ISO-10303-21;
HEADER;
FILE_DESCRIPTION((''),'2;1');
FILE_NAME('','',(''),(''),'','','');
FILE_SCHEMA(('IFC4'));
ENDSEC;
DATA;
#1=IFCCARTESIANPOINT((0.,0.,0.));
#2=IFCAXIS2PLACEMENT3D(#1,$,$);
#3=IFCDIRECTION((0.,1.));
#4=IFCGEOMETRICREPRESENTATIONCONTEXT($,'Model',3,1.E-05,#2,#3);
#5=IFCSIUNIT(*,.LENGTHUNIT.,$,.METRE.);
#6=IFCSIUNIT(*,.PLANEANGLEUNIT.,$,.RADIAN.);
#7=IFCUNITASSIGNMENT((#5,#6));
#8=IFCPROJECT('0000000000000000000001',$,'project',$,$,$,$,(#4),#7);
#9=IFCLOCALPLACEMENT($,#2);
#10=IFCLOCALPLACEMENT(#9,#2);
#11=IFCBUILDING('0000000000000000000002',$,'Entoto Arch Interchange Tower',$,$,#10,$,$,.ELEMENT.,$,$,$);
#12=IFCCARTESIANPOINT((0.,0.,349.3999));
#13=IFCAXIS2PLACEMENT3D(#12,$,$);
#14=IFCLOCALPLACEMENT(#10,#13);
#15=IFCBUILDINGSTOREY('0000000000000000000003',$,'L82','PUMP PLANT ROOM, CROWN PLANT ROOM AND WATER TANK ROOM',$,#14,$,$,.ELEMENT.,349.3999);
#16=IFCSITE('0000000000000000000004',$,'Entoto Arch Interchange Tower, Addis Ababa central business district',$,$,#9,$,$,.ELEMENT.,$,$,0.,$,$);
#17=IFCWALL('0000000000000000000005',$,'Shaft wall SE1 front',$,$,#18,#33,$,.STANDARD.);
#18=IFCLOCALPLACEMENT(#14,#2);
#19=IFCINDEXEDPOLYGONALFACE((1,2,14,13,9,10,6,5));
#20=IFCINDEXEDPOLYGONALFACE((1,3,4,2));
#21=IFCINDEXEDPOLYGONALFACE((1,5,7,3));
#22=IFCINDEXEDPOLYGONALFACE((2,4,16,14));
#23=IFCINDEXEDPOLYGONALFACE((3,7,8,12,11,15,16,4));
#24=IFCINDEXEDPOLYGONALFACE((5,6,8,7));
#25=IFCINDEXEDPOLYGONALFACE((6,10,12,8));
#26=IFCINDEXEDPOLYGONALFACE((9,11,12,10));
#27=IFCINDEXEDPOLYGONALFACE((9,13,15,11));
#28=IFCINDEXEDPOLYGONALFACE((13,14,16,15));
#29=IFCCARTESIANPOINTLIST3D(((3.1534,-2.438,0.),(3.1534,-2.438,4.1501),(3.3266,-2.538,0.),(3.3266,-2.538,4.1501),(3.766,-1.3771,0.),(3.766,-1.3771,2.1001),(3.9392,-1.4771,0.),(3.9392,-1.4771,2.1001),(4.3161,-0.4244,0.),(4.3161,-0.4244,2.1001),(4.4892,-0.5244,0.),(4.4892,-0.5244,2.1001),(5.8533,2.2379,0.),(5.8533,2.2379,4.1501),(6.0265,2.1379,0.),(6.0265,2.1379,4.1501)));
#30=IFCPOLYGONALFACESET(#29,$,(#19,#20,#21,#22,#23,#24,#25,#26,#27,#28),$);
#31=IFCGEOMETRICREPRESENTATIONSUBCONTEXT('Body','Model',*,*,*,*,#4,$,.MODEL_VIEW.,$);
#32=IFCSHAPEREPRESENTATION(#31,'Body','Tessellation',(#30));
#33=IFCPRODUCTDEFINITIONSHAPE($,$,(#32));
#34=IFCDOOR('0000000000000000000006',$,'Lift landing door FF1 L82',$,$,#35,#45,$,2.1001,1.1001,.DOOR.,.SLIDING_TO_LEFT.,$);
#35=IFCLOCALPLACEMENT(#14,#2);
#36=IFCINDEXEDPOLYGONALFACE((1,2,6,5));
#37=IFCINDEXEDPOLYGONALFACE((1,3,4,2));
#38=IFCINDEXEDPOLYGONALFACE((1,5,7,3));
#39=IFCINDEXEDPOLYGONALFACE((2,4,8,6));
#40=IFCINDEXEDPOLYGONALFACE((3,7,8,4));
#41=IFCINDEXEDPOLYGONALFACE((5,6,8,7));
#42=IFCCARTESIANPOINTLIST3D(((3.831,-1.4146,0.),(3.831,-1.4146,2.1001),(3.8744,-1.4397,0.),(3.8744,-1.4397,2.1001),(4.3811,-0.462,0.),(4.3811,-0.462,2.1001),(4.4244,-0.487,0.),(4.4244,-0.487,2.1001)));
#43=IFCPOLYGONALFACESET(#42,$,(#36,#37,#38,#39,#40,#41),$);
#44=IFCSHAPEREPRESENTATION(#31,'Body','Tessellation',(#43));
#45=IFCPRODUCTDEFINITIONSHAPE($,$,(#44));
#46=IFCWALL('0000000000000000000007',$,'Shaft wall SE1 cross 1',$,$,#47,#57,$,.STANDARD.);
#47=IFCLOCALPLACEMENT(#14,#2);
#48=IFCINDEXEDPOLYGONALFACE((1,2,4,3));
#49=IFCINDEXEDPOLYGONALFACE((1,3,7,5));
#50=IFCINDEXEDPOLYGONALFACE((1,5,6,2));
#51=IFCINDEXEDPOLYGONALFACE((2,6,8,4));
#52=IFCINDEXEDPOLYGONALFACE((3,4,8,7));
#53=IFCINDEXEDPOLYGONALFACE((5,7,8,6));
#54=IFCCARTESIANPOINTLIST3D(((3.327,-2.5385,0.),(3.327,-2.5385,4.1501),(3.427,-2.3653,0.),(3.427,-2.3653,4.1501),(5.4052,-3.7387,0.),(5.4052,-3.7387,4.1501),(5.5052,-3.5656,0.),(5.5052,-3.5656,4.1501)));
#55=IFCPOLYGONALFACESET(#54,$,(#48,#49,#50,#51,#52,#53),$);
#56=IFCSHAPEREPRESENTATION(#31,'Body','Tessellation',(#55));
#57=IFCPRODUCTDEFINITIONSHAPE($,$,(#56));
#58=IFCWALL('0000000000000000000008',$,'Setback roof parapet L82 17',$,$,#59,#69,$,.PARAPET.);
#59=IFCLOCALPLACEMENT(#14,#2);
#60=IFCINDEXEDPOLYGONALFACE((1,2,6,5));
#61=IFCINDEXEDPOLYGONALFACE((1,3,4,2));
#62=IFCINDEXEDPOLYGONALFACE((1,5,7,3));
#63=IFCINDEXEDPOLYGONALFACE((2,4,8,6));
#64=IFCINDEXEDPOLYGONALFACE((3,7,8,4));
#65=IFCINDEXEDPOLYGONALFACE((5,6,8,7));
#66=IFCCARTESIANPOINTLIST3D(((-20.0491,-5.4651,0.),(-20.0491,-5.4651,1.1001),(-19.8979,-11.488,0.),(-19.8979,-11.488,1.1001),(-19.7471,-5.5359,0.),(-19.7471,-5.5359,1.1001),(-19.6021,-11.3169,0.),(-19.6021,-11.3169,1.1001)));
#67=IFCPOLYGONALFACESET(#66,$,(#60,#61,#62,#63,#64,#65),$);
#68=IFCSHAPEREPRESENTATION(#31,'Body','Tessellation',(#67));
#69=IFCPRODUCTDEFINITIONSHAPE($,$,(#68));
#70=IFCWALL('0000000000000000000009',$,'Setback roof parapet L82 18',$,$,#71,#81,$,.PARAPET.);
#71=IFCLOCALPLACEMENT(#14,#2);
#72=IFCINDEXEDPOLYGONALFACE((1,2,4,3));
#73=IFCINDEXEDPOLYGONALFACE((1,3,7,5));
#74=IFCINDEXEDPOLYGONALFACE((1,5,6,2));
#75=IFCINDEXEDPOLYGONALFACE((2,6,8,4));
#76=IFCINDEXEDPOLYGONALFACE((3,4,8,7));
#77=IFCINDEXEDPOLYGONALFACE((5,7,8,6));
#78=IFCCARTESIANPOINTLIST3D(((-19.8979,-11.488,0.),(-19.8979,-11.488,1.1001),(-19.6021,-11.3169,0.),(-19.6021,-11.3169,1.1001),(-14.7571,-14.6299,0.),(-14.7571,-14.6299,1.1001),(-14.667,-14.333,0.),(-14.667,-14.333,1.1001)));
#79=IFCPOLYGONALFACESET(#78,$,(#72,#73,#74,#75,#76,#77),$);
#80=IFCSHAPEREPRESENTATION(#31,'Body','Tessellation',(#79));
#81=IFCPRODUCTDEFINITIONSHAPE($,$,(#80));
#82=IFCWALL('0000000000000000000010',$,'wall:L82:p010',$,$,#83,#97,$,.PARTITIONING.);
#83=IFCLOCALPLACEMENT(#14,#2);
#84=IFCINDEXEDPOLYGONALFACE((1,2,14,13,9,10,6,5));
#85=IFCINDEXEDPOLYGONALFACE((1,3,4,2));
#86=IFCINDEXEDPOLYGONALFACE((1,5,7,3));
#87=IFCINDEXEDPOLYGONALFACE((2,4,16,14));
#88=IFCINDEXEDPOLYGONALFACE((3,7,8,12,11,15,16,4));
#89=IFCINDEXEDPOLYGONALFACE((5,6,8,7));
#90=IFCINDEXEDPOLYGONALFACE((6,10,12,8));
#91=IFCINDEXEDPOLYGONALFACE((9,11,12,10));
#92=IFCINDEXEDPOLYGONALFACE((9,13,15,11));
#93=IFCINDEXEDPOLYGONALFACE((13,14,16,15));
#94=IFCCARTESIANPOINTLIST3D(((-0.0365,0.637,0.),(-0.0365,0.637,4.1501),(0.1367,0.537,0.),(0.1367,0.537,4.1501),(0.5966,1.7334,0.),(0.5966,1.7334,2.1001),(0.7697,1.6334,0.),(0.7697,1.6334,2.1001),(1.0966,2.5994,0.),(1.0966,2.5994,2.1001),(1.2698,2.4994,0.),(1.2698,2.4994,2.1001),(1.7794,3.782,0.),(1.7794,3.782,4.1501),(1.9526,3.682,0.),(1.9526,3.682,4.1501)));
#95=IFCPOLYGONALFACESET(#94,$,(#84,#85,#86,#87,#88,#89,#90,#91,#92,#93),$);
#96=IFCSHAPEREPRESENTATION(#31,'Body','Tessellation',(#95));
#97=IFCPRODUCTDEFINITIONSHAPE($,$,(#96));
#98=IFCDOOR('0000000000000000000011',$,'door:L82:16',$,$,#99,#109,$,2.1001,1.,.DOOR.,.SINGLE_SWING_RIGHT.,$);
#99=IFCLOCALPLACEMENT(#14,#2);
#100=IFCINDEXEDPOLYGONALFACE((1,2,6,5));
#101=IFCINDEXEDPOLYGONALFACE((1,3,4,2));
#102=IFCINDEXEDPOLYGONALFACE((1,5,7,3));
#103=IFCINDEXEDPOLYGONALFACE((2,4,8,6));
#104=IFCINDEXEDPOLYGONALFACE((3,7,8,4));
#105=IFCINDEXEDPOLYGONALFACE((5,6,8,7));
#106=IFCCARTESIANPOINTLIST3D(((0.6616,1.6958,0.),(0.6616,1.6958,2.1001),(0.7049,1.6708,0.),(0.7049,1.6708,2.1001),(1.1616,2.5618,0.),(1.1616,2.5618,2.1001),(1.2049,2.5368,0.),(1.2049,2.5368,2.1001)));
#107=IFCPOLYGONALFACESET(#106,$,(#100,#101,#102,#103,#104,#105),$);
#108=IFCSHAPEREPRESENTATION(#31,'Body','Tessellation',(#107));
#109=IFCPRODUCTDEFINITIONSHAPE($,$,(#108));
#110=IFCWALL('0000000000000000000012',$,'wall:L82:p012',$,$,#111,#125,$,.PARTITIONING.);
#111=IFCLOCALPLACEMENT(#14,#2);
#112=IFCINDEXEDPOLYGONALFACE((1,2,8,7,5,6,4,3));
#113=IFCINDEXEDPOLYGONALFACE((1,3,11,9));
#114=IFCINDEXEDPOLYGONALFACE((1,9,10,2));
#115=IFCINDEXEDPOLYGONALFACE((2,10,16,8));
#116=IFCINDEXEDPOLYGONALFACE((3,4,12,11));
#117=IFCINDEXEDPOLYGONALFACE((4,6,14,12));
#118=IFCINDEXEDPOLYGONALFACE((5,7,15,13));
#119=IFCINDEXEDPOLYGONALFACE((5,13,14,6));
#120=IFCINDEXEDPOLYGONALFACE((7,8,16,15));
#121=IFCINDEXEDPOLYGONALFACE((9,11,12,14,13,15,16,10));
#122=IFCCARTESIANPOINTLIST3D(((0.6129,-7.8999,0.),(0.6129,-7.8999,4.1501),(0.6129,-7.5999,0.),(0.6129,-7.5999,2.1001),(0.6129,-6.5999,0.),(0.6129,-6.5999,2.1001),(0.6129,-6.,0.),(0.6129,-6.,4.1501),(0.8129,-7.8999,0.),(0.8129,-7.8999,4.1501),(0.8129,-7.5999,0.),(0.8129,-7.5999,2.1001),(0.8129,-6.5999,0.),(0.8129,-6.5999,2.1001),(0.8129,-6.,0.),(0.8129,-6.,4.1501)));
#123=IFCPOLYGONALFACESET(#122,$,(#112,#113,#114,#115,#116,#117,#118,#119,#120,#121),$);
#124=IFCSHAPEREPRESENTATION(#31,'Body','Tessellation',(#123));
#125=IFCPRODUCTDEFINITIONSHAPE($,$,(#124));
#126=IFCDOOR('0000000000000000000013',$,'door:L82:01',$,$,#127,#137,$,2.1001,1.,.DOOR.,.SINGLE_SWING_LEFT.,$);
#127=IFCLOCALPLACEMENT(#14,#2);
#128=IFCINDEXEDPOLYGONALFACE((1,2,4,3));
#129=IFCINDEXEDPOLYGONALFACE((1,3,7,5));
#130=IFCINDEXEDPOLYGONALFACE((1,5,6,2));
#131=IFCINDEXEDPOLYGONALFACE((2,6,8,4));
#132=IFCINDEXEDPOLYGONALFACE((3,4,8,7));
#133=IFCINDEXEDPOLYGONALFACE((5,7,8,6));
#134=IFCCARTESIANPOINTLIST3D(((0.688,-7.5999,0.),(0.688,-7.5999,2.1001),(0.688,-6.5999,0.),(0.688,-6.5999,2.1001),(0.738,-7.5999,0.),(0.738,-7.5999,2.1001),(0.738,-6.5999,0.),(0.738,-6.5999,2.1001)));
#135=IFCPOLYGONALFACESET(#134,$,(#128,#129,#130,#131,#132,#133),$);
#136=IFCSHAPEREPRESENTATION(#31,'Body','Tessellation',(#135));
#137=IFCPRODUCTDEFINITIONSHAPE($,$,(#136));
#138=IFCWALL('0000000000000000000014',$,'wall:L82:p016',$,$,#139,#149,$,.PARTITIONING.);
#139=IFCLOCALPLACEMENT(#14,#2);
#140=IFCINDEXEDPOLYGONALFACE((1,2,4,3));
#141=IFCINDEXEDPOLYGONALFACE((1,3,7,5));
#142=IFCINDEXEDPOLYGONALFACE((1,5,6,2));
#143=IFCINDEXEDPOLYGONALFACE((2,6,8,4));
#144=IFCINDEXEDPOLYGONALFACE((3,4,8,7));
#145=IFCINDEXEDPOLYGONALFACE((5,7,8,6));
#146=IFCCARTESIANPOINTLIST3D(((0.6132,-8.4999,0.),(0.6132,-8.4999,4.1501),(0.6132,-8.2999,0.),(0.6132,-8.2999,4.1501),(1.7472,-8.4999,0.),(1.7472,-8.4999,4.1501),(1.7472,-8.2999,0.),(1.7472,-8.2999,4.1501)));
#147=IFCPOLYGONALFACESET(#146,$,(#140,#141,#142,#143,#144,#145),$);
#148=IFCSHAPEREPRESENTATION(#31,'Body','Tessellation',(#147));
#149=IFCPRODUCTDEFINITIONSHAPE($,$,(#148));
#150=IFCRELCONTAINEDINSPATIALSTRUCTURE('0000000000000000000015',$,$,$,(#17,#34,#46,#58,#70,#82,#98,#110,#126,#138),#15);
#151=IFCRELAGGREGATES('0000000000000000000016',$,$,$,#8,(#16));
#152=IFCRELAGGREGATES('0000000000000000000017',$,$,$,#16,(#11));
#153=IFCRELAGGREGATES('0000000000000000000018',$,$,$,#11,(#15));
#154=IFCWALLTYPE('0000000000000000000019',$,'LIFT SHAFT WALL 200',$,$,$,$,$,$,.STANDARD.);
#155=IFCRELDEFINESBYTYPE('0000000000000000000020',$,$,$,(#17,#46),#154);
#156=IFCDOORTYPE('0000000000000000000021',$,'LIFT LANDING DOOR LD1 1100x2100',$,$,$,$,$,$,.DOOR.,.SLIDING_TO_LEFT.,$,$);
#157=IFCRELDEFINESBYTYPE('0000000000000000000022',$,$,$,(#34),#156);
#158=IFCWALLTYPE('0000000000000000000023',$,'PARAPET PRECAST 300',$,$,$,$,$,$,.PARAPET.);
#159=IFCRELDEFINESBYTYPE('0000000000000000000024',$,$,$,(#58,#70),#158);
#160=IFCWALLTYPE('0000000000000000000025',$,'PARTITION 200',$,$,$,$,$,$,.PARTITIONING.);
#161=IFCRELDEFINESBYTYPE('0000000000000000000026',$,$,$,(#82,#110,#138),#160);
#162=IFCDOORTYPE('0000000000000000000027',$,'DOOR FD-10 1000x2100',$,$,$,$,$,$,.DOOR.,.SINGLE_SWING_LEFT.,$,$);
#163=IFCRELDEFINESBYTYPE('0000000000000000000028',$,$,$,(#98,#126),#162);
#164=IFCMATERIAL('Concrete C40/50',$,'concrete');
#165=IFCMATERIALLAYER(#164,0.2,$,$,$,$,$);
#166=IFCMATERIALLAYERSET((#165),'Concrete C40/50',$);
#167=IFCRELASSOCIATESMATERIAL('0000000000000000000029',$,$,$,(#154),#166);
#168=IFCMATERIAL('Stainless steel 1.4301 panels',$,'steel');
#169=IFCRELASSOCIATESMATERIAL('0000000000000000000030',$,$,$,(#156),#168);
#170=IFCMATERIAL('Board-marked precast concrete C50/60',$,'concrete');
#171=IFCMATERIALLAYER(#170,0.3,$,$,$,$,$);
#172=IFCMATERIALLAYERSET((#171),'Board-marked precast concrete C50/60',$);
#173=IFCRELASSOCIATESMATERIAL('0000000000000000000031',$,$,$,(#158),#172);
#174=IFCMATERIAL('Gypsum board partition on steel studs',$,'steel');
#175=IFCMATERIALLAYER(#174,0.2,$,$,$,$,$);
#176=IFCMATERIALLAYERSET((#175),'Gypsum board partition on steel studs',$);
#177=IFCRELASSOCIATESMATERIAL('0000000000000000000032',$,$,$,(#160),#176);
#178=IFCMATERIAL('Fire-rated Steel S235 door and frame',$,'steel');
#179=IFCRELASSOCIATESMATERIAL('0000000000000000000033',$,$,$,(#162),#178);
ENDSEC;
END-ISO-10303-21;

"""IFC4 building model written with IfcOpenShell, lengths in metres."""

from ifc_helpers import new_model, si_unit, direction, frame, frame_2d, origin, place, context, subcontext, project, spatial, polyline, rectangle, outline, extrude, material, layer, layer_set, type_object, element, fill, save


model = new_model("IFC4")

# Units and contexts
model_context = context("Model", 3, precision=1e-05, world=origin(), true_north=direction((0.0, 1.0)))
body_context = subcontext(model_context, "Body", "Model", "MODEL_VIEW")
ifc_project = project(units=[si_unit("LENGTHUNIT", "METRE"), si_unit("PLANEANGLEUNIT", "RADIAN")], contexts=[model_context])

# Site, building, storey
site_placement = place(None, origin())
site = spatial("IfcSite", under=ifc_project, at=site_placement, Name="Entoto Arch Interchange Tower, Addis Ababa central business district", CompositionType="ELEMENT", RefElevation=0.0)
building_placement = place(site_placement, origin())
building = spatial("IfcBuilding", under=site, at=building_placement, Name="Entoto Arch Interchange Tower", CompositionType="ELEMENT")
storey_placement = place(building_placement, frame((0.0, 0.0, 349.3999)))
storey = spatial("IfcBuildingStorey", under=building, at=storey_placement, Name="L82", Description="PUMP PLANT ROOM, CROWN PLANT ROOM AND WATER TANK ROOM", CompositionType="ELEMENT", Elevation=349.3999)

# Shared definitions
ifc_material_1 = material(Name="Concrete C40/50", Category="concrete")

# Shared definitions
ifc_material_2 = material(Name="Board-marked precast concrete C50/60", Category="concrete")

# Wall, opening, door
ifc_layer_1 = layer(ifc_material_1, 0.2)
ifc_layer_set_1 = layer_set([ifc_layer_1], Name="Concrete C40/50")
wall_type_1 = type_object("IfcWallType", Name="LIFT SHAFT WALL 200", PredefinedType="STANDARD", material=ifc_layer_set_1)
wall_1_placement = place(storey_placement, frame((3.24, -2.488, 0.0), z_axis=(0.0, 0.0, 1.0), x_axis=(0.500034, 0.866006, 0.0)))
wall_1 = element("IfcWall", 1, at=wall_1_placement, inside=storey, type_object=wall_type_1, Name="Shaft wall SE1 front", PredefinedType="STANDARD", context=body_context, shape_type="SweptSolid", body=[
    extrude(rectangle(XDim=5.3994, YDim=0.2, at=frame_2d((2.6997, 0.0))), origin(), (0.0, 0.0, 1.0), 4.1501),
])
opening_1_placement = place(wall_1_placement, frame((1.2251, 0.0, 0.0)))
opening_1 = element("IfcOpeningElement", 2, at=opening_1_placement, cuts=wall_1, PredefinedType="OPENING", context=body_context, shape_type="SweptSolid", body=[
    extrude(rectangle(XDim=1.1001, YDim=2.1001, at=frame_2d((0.55, 1.05))), frame((0.0, 0.1099, 0.0), z_axis=(0.0, -1.0, 0.0), x_axis=(1.0, 0.0, 0.0)), (0.0, 0.0, 1.0), 0.22),
])
ifc_material_3 = material(Name="Stainless steel 1.4301 panels", Category="steel")
door_type_1 = type_object("IfcDoorType", Name="LIFT LANDING DOOR LD1 1100x2100", OperationType="SLIDING_TO_LEFT", PredefinedType="DOOR", material=ifc_material_3)
door_1_placement = place(opening_1_placement, origin())
door_1 = element("IfcDoor", 3, at=door_1_placement, inside=storey, type_object=door_type_1, Name="Lift landing door FF1 L82", OperationType="SLIDING_TO_LEFT", OverallHeight=2.1001, OverallWidth=1.1001, PredefinedType="DOOR", context=body_context, shape_type="SweptSolid", body=[
    extrude(rectangle(XDim=1.1001, YDim=2.1001, at=frame_2d((0.55, 1.05))), frame((0.0, 0.0249, 0.0), z_axis=(0.0, -1.0, 0.0), x_axis=(1.0, 0.0, 0.0)), (0.0, 0.0, 1.0), 0.05),
])
fill(opening_1, door_1)

# Walls
wall_2_placement = place(storey_placement, frame((3.377, -2.4519, 0.0), z_axis=(0.0, 0.0, 1.0), x_axis=(0.865955, -0.500122, 0.0)))
element("IfcWall", 4, at=wall_2_placement, inside=storey, type_object=wall_type_1, Name="Shaft wall SE1 cross 1", PredefinedType="STANDARD", context=body_context, shape_type="SweptSolid", body=[
    extrude(rectangle(XDim=2.3999, YDim=0.2, at=frame_2d((1.2, 0.0))), origin(), (0.0, 0.0, 1.0), 4.1501),
])
ifc_layer_2 = layer(ifc_material_2, 0.3)
ifc_layer_set_2 = layer_set([ifc_layer_2], Name="Board-marked precast concrete C50/60")
wall_type_2 = type_object("IfcWallType", Name="PARAPET PRECAST 300", PredefinedType="PARAPET", material=ifc_layer_set_2)
wall_3_placement = place(storey_placement, origin())
element("IfcWall", 5, at=wall_3_placement, inside=storey, type_object=wall_type_2, Name="Setback roof parapet L82 17", PredefinedType="PARAPET", context=body_context, shape_type="SweptSolid", body=[
    extrude(outline(polyline([(-20.0491, -5.4651), (-19.8979, -11.488), (-19.6021, -11.3169), (-19.7471, -5.5359), (-20.0491, -5.4651)])), origin(), (0.0, 0.0, 1.0), 1.1001),
])
wall_4_placement = place(storey_placement, origin())
element("IfcWall", 6, at=wall_4_placement, inside=storey, type_object=wall_type_2, Name="Setback roof parapet L82 18", PredefinedType="PARAPET", context=body_context, shape_type="SweptSolid", body=[
    extrude(outline(polyline([(-19.8979, -11.488), (-14.7571, -14.6299), (-14.667, -14.333), (-19.6021, -11.3169), (-19.8979, -11.488)])), origin(), (0.0, 0.0, 1.0), 1.1001),
])

# Walls, openings, doors
ifc_material_4 = material(Name="Gypsum board partition on steel studs", Category="steel")
ifc_layer_3 = layer(ifc_material_4, 0.2)
ifc_layer_set_3 = layer_set([ifc_layer_3], Name="Gypsum board partition on steel studs")
wall_type_3 = type_object("IfcWallType", Name="PARTITION 200", PredefinedType="PARTITIONING", material=ifc_layer_set_3)
wall_5_placement = place(storey_placement, frame((0.05, 0.5869, 0.0), z_axis=(0.0, 0.0, 1.0), x_axis=(0.500029, 0.866009, 0.0)))
wall_5 = element("IfcWall", 7, at=wall_5_placement, inside=storey, type_object=wall_type_3, Name="wall:L82:p010", PredefinedType="PARTITIONING", context=body_context, shape_type="SweptSolid", body=[
    extrude(rectangle(XDim=3.6316, YDim=0.2, at=frame_2d((1.8159, 0.0))), origin(), (0.0, 0.0, 1.0), 4.1501),
])
opening_2_placement = place(wall_5_placement, frame((1.2661, 0.0, 0.0)))
opening_2 = element("IfcOpeningElement", 8, at=opening_2_placement, cuts=wall_5, PredefinedType="OPENING", context=body_context, shape_type="SweptSolid", body=[
    extrude(rectangle(XDim=1.0, YDim=2.1001, at=frame_2d((0.5, 1.05))), frame((0.0, 0.1099, 0.0), z_axis=(0.0, -1.0, 0.0), x_axis=(1.0, 0.0, 0.0)), (0.0, 0.0, 1.0), 0.22),
])
ifc_material_5 = material(Name="Fire-rated Steel S235 door and frame", Category="steel")
door_type_2 = type_object("IfcDoorType", Name="DOOR FD-10 1000x2100", OperationType="SINGLE_SWING_LEFT", PredefinedType="DOOR", material=ifc_material_5)
door_2_placement = place(opening_2_placement, origin())
door_2 = element("IfcDoor", 9, at=door_2_placement, inside=storey, type_object=door_type_2, Name="door:L82:16", OperationType="SINGLE_SWING_RIGHT", OverallHeight=2.1001, OverallWidth=1.0, PredefinedType="DOOR", context=body_context, shape_type="SweptSolid", body=[
    extrude(rectangle(XDim=1.0, YDim=2.1001, at=frame_2d((0.5, 1.05))), frame((0.0, 0.0249, 0.0), z_axis=(0.0, -1.0, 0.0), x_axis=(1.0, 0.0, 0.0)), (0.0, 0.0, 1.0), 0.05),
])
fill(opening_2, door_2)
wall_6_placement = place(storey_placement, frame((0.7129, -7.8999, 0.0), z_axis=(0.0, 0.0, 1.0), x_axis=(0.0, 1.0, 0.0)))
wall_6 = element("IfcWall", 10, at=wall_6_placement, inside=storey, type_object=wall_type_3, Name="wall:L82:p012", PredefinedType="PARTITIONING", context=body_context, shape_type="SweptSolid", body=[
    extrude(rectangle(XDim=1.8999, YDim=0.2, at=frame_2d((0.95, 0.0))), origin(), (0.0, 0.0, 1.0), 4.1501),
])
opening_3_placement = place(wall_6_placement, frame((0.3, 0.0, 0.0)))
opening_3 = element("IfcOpeningElement", 11, at=opening_3_placement, cuts=wall_6, PredefinedType="OPENING", context=body_context, shape_type="SweptSolid", body=[
    extrude(rectangle(XDim=1.0, YDim=2.1001, at=frame_2d((0.5, 1.05))), frame((0.0, 0.1099, 0.0), z_axis=(0.0, -1.0, 0.0), x_axis=(1.0, 0.0, 0.0)), (0.0, 0.0, 1.0), 0.22),
])
door_3_placement = place(opening_3_placement, origin())
door_3 = element("IfcDoor", 12, at=door_3_placement, inside=storey, type_object=door_type_2, Name="door:L82:01", OperationType="SINGLE_SWING_LEFT", OverallHeight=2.1001, OverallWidth=1.0, PredefinedType="DOOR", context=body_context, shape_type="SweptSolid", body=[
    extrude(rectangle(XDim=1.0, YDim=2.1001, at=frame_2d((0.5, 1.05))), frame((0.0, 0.0249, 0.0), z_axis=(0.0, -1.0, 0.0), x_axis=(1.0, 0.0, 0.0)), (0.0, 0.0, 1.0), 0.05),
])
fill(opening_3, door_3)

# Wall
wall_7_placement = place(storey_placement, frame((1.7471, -8.3999, 0.0), z_axis=(0.0, 0.0, 1.0), x_axis=(-1.0, 0.0, 0.0)))
element("IfcWall", 13, at=wall_7_placement, inside=storey, type_object=wall_type_3, Name="wall:L82:p016", PredefinedType="PARTITIONING", context=body_context, shape_type="SweptSolid", body=[
    extrude(rectangle(XDim=1.134, YDim=0.2, at=frame_2d((0.5669, 0.0))), origin(), (0.0, 0.0, 1.0), 4.1501),
])

save(model, "model.ifc")
